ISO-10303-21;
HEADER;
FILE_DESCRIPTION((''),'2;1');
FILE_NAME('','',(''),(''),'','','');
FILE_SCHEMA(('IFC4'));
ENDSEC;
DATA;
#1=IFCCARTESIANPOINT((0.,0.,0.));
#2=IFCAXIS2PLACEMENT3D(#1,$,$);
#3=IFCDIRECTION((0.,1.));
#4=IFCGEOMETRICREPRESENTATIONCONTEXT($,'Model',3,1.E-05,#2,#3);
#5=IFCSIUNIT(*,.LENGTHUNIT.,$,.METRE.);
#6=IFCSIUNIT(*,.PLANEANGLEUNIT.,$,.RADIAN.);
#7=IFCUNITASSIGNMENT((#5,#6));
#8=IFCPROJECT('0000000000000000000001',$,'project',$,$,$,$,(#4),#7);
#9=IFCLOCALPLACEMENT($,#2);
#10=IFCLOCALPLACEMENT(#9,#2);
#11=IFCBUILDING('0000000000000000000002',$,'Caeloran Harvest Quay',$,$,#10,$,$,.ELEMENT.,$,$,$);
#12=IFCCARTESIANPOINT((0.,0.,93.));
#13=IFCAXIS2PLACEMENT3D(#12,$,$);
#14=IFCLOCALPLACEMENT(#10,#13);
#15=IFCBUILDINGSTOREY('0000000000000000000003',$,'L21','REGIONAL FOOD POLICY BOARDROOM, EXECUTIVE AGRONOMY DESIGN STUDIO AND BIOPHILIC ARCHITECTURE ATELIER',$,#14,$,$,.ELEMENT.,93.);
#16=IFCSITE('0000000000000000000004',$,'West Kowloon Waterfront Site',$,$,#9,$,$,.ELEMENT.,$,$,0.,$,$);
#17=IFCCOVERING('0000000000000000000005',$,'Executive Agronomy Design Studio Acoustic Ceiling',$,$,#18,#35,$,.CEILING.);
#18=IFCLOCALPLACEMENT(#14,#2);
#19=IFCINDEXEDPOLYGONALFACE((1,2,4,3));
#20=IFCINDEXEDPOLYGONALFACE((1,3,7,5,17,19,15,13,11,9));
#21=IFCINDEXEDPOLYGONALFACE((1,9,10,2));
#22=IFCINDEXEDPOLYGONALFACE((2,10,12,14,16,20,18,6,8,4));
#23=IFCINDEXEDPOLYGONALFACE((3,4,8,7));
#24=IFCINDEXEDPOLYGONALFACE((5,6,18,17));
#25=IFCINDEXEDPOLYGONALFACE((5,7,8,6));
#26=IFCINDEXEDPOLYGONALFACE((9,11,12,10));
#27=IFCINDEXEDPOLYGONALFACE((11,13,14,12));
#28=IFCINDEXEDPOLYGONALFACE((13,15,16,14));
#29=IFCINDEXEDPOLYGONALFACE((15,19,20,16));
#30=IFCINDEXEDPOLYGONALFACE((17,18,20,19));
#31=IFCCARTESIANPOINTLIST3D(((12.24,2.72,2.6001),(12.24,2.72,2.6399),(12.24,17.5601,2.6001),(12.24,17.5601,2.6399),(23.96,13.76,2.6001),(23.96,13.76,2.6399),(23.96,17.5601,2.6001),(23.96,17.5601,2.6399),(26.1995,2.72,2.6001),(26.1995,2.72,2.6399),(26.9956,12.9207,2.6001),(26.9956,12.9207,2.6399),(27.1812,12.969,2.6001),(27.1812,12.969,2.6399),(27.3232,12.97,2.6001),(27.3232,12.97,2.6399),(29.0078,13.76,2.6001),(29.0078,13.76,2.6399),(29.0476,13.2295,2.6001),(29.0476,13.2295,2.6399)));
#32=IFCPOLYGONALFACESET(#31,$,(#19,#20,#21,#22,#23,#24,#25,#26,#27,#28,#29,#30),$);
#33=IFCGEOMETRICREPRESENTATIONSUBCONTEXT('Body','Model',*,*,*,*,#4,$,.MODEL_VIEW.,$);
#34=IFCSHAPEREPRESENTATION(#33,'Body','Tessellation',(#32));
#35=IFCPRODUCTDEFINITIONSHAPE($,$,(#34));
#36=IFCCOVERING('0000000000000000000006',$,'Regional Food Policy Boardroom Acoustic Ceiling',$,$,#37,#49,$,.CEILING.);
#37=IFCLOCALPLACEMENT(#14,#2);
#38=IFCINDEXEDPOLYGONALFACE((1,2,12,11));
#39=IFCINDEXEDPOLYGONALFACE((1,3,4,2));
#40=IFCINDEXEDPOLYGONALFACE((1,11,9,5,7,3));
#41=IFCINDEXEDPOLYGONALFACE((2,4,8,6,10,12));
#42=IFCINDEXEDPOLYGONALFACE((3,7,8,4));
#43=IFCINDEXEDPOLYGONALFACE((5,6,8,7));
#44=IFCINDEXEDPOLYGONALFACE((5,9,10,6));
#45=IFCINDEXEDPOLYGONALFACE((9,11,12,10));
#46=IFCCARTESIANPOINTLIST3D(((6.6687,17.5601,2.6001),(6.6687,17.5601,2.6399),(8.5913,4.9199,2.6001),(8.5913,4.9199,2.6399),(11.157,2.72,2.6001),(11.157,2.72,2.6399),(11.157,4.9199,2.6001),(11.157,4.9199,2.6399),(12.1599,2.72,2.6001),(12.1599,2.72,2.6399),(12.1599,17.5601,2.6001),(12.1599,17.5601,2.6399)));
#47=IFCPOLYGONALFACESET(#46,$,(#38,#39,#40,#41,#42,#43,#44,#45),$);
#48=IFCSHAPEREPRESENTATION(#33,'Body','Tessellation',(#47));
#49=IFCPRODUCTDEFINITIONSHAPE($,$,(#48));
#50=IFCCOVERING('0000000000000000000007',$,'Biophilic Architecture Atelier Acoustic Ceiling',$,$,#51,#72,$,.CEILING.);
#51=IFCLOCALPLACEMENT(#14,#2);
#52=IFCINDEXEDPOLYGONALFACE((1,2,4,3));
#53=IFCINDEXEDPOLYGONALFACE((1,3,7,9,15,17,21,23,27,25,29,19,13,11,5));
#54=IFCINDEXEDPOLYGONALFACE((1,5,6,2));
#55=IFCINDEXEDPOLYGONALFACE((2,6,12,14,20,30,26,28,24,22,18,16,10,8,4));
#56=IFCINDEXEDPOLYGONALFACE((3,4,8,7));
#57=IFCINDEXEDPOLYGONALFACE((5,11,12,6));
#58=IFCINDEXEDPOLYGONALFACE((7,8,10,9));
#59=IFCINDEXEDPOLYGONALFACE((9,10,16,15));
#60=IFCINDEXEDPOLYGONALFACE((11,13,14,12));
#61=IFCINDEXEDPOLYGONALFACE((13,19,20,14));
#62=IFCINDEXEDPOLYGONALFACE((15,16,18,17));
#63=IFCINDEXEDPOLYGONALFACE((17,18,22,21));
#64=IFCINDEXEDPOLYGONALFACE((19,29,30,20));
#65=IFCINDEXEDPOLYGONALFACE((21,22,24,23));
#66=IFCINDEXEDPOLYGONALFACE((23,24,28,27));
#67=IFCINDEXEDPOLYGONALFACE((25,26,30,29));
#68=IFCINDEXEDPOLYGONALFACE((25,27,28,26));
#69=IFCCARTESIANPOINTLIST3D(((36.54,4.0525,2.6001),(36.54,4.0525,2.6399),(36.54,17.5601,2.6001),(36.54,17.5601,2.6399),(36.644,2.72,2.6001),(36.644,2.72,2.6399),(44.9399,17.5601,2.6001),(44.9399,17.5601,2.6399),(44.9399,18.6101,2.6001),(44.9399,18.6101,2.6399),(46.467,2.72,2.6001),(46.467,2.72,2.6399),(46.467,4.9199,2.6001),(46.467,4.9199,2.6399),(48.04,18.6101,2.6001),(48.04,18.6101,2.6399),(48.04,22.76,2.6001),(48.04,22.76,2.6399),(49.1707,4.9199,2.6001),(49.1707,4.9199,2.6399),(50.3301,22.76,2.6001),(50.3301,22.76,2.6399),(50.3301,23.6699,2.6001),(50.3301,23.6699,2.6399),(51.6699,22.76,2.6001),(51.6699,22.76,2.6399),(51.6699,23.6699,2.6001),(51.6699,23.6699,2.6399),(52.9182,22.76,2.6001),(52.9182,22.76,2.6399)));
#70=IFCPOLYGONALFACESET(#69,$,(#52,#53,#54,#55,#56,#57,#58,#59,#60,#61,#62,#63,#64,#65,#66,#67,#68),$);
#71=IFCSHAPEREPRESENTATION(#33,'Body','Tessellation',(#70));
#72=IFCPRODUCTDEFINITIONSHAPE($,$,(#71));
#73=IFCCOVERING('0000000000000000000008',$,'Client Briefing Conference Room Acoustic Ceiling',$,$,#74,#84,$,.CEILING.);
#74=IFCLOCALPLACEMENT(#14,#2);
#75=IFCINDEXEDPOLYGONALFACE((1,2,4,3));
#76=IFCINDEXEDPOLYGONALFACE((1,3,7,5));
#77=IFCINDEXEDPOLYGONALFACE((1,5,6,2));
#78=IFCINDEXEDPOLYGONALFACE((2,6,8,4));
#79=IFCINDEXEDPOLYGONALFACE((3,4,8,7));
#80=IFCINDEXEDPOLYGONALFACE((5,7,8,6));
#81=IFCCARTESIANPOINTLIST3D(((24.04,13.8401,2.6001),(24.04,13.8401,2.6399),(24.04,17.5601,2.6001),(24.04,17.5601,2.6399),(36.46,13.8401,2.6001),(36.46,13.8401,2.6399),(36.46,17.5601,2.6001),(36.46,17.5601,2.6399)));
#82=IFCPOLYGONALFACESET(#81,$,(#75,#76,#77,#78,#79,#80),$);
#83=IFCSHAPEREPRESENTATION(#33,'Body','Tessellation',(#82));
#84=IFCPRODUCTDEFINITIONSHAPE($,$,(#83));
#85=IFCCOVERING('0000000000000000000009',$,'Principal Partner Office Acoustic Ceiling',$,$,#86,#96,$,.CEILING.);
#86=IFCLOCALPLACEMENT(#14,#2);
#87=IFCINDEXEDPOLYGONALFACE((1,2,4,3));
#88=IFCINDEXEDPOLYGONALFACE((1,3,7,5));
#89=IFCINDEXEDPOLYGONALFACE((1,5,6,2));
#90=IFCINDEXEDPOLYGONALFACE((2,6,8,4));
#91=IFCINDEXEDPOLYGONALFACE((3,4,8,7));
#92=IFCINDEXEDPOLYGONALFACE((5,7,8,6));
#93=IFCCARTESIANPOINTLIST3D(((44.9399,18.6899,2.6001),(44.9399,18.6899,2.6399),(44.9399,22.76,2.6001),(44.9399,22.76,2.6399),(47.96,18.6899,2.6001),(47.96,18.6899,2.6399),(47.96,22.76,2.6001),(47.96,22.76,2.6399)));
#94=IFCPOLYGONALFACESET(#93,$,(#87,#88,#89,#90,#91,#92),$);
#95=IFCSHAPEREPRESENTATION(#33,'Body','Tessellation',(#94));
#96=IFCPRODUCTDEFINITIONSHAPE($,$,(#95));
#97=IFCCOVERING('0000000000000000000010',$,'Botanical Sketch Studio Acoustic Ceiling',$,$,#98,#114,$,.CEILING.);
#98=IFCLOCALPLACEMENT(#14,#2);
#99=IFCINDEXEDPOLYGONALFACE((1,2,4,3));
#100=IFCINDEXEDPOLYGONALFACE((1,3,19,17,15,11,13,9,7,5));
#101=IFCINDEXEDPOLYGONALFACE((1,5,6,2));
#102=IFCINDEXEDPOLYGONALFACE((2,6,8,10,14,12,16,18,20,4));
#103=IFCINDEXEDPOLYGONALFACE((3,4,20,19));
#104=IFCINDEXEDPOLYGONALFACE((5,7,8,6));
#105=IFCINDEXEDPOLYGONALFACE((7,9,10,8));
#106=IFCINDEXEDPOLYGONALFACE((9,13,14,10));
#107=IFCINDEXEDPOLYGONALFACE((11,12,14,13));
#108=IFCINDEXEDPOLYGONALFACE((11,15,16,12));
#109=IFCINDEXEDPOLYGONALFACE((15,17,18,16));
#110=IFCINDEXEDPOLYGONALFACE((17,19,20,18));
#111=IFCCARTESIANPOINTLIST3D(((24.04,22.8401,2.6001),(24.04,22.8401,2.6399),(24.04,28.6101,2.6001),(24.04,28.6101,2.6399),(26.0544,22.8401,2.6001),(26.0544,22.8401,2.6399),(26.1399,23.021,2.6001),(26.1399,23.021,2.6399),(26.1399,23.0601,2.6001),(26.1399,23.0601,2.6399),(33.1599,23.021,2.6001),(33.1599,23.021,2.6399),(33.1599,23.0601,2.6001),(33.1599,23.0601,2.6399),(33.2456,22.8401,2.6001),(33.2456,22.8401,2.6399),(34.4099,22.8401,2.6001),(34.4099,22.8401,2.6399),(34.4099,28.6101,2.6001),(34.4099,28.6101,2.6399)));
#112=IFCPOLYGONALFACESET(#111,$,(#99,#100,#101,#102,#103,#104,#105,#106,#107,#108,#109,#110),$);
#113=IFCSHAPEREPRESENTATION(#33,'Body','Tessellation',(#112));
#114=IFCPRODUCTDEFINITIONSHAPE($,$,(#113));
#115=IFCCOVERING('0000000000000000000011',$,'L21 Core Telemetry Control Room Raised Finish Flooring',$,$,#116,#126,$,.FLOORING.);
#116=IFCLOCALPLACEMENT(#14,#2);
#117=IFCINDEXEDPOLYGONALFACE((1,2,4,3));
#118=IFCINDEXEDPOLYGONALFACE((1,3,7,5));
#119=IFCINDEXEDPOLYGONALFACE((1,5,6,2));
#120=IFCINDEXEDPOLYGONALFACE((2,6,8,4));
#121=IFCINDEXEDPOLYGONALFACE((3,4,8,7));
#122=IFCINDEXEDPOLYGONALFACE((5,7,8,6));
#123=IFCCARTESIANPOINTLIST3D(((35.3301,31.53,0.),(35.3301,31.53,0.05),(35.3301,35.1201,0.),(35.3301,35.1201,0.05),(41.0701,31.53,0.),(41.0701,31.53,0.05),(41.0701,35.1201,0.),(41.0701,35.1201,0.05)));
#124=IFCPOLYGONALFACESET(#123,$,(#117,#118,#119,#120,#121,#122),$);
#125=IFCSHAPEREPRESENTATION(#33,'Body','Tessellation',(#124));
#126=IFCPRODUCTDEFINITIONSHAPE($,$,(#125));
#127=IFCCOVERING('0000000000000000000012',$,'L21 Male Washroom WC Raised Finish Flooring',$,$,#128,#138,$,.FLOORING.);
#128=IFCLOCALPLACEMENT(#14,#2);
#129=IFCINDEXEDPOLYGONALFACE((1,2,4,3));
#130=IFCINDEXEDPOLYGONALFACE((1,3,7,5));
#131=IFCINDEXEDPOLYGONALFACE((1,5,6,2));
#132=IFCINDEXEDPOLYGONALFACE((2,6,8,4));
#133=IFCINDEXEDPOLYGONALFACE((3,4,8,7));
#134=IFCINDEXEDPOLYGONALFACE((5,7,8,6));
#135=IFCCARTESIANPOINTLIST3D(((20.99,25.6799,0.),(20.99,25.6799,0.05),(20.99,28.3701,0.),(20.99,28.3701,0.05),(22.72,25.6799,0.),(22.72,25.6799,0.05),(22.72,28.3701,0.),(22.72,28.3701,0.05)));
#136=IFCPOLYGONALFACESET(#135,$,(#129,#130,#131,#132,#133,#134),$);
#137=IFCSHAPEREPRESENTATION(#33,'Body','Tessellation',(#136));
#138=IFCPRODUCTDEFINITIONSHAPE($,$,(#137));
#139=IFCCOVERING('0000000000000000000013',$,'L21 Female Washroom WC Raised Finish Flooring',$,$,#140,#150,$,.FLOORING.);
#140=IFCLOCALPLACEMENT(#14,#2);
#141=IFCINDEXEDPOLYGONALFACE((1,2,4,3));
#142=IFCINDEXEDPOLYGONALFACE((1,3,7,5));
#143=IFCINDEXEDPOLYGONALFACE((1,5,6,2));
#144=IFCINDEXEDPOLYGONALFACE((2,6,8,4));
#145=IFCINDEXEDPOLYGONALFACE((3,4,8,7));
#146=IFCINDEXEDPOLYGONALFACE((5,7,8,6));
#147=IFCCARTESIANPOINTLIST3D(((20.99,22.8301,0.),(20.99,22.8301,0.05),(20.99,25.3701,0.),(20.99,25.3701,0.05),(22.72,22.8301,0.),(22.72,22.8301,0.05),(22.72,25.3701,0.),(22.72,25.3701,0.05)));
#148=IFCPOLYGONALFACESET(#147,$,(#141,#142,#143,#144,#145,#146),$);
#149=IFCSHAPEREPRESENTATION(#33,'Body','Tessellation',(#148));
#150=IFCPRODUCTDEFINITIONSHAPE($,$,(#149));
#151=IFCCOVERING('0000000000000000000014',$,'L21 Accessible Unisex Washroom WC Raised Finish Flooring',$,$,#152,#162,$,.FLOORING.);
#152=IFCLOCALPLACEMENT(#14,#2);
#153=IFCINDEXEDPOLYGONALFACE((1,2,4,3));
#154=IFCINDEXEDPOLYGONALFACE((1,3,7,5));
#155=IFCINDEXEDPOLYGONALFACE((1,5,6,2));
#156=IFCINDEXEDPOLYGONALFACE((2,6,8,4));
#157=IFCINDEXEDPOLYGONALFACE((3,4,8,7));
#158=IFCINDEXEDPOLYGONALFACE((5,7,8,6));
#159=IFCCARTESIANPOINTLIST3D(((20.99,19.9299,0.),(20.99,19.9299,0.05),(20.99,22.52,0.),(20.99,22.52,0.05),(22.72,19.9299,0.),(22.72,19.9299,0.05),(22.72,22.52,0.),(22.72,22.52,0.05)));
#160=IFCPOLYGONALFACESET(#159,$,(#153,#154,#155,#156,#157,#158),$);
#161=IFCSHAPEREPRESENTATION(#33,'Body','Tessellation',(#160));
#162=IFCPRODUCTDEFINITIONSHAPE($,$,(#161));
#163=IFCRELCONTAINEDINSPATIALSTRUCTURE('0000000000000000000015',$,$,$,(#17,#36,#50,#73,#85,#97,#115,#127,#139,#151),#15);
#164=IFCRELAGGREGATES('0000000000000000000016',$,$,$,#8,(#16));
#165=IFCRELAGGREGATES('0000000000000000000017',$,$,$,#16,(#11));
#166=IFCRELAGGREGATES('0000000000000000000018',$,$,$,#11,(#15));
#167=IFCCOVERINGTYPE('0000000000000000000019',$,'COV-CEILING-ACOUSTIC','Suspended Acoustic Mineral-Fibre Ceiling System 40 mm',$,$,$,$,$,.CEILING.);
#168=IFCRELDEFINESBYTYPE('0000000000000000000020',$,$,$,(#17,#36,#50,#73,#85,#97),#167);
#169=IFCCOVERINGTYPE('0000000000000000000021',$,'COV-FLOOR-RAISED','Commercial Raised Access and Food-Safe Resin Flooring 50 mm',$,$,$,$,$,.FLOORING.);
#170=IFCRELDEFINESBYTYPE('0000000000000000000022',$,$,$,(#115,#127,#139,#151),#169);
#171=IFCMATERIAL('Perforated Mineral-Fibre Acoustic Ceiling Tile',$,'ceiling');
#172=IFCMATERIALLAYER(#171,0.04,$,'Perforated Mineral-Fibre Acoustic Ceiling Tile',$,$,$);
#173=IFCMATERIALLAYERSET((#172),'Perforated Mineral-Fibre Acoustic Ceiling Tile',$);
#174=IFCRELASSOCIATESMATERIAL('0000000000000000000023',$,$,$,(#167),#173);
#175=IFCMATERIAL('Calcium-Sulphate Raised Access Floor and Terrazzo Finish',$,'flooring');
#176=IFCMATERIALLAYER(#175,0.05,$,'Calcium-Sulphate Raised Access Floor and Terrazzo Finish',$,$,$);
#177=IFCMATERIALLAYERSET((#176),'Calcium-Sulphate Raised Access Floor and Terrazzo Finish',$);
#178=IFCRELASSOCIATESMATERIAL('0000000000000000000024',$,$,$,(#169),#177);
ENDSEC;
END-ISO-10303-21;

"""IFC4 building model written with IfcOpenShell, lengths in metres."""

from ifc_helpers import new_model, si_unit, direction, frame, origin, place, context, subcontext, project, spatial, polyline, outline, extrude, material, layer, layer_set, type_object, element, save


model = new_model("IFC4")

# Units and contexts
model_context = context("Model", 3, precision=1e-05, world=origin(), true_north=direction((0.0, 1.0)))
body_context = subcontext(model_context, "Body", "Model", "MODEL_VIEW")
ifc_project = project(units=[si_unit("LENGTHUNIT", "METRE"), si_unit("PLANEANGLEUNIT", "RADIAN")], contexts=[model_context])

# Site, building, storey
site_placement = place(None, origin())
site = spatial("IfcSite", under=ifc_project, at=site_placement, Name="West Kowloon Waterfront Site", CompositionType="ELEMENT", RefElevation=0.0)
building_placement = place(site_placement, origin())
building = spatial("IfcBuilding", under=site, at=building_placement, Name="Caeloran Harvest Quay", CompositionType="ELEMENT")
storey_placement = place(building_placement, frame((0.0, 0.0, 93.0)))
storey = spatial("IfcBuildingStorey", under=building, at=storey_placement, Name="L21", Description="REGIONAL FOOD POLICY BOARDROOM, EXECUTIVE AGRONOMY DESIGN STUDIO AND BIOPHILIC ARCHITECTURE ATELIER", CompositionType="ELEMENT", Elevation=93.0)

# Coverings
ifc_material_1 = material(Name="Perforated Mineral-Fibre Acoustic Ceiling Tile", Category="ceiling")
ifc_layer_1 = layer(ifc_material_1, 0.04, Name="Perforated Mineral-Fibre Acoustic Ceiling Tile")
ifc_layer_set_1 = layer_set([ifc_layer_1], Name="Perforated Mineral-Fibre Acoustic Ceiling Tile")
covering_type_1 = type_object("IfcCoveringType", Name="COV-CEILING-ACOUSTIC", Description="Suspended Acoustic Mineral-Fibre Ceiling System 40 mm", PredefinedType="CEILING", material=ifc_layer_set_1)
covering_1_placement = place(storey_placement, frame((0.0, 0.0, 2.6001)))
element("IfcCovering", 1, at=covering_1_placement, inside=storey, type_object=covering_type_1, Name="Executive Agronomy Design Studio Acoustic Ceiling", PredefinedType="CEILING", context=body_context, shape_type="SweptSolid", body=[
    extrude(outline(polyline([(29.0078, 13.76), (29.0476, 13.2295), (27.3232, 12.97), (27.1812, 12.969), (26.9956, 12.9207), (26.1995, 2.72), (12.24, 2.72), (12.24, 17.5601), (23.96, 17.5601), (23.96, 13.76), (29.0078, 13.76)])), origin(), (0.0, 0.0, 1.0), 0.0398),
])
covering_2_placement = place(storey_placement, frame((0.0, 0.0, 2.6001)))
element("IfcCovering", 2, at=covering_2_placement, inside=storey, type_object=covering_type_1, Name="Regional Food Policy Boardroom Acoustic Ceiling", PredefinedType="CEILING", context=body_context, shape_type="SweptSolid", body=[
    extrude(outline(polyline([(12.1599, 2.72), (11.157, 2.72), (11.157, 4.9199), (8.5913, 4.9199), (6.6687, 17.5601), (12.1599, 17.5601), (12.1599, 2.72)])), origin(), (0.0, 0.0, 1.0), 0.0398),
])
covering_3_placement = place(storey_placement, frame((0.0, 0.0, 2.6001)))
element("IfcCovering", 3, at=covering_3_placement, inside=storey, type_object=covering_type_1, Name="Biophilic Architecture Atelier Acoustic Ceiling", PredefinedType="CEILING", context=body_context, shape_type="SweptSolid", body=[
    extrude(outline(polyline([(44.9399, 17.5601), (44.9399, 18.6101), (48.04, 18.6101), (48.04, 22.76), (50.3301, 22.76), (50.3301, 23.6699), (51.6699, 23.6699), (51.6699, 22.76), (52.9182, 22.76), (49.1707, 4.9199), (46.467, 4.9199), (46.467, 2.72), (36.644, 2.72), (36.54, 4.0525), (36.54, 17.5601), (44.9399, 17.5601)])), origin(), (0.0, 0.0, 1.0), 0.0398),
])
covering_4_placement = place(storey_placement, frame((0.0, 0.0, 2.6001)))
element("IfcCovering", 4, at=covering_4_placement, inside=storey, type_object=covering_type_1, Name="Client Briefing Conference Room Acoustic Ceiling", PredefinedType="CEILING", context=body_context, shape_type="SweptSolid", body=[
    extrude(outline(polyline([(36.46, 13.8401), (24.04, 13.8401), (24.04, 17.5601), (36.46, 17.5601), (36.46, 13.8401)])), origin(), (0.0, 0.0, 1.0), 0.0398),
])
covering_5_placement = place(storey_placement, frame((0.0, 0.0, 2.6001)))
element("IfcCovering", 5, at=covering_5_placement, inside=storey, type_object=covering_type_1, Name="Principal Partner Office Acoustic Ceiling", PredefinedType="CEILING", context=body_context, shape_type="SweptSolid", body=[
    extrude(outline(polyline([(44.9399, 18.6899), (44.9399, 22.76), (47.96, 22.76), (47.96, 18.6899), (44.9399, 18.6899)])), origin(), (0.0, 0.0, 1.0), 0.0398),
])
covering_6_placement = place(storey_placement, frame((0.0, 0.0, 2.6001)))
element("IfcCovering", 6, at=covering_6_placement, inside=storey, type_object=covering_type_1, Name="Botanical Sketch Studio Acoustic Ceiling", PredefinedType="CEILING", context=body_context, shape_type="SweptSolid", body=[
    extrude(outline(polyline([(26.1399, 23.0601), (26.1399, 23.021), (26.0544, 22.8401), (24.04, 22.8401), (24.04, 28.6101), (34.4099, 28.6101), (34.4099, 22.8401), (33.2456, 22.8401), (33.1599, 23.021), (33.1599, 23.0601), (26.1399, 23.0601)])), origin(), (0.0, 0.0, 1.0), 0.0398),
])
ifc_material_2 = material(Name="Calcium-Sulphate Raised Access Floor and Terrazzo Finish", Category="flooring")
ifc_layer_2 = layer(ifc_material_2, 0.05, Name="Calcium-Sulphate Raised Access Floor and Terrazzo Finish")
ifc_layer_set_2 = layer_set([ifc_layer_2], Name="Calcium-Sulphate Raised Access Floor and Terrazzo Finish")
covering_type_2 = type_object("IfcCoveringType", Name="COV-FLOOR-RAISED", Description="Commercial Raised Access and Food-Safe Resin Flooring 50 mm", PredefinedType="FLOORING", material=ifc_layer_set_2)
covering_7_placement = place(storey_placement, origin())
element("IfcCovering", 7, at=covering_7_placement, inside=storey, type_object=covering_type_2, Name="L21 Core Telemetry Control Room Raised Finish Flooring", PredefinedType="FLOORING", context=body_context, shape_type="SweptSolid", body=[
    extrude(outline(polyline([(41.0701, 35.1201), (41.0701, 31.53), (35.3301, 31.53), (35.3301, 35.1201), (41.0701, 35.1201)])), origin(), (0.0, 0.0, 1.0), 0.05),
])
covering_8_placement = place(storey_placement, origin())
element("IfcCovering", 8, at=covering_8_placement, inside=storey, type_object=covering_type_2, Name="L21 Male Washroom WC Raised Finish Flooring", PredefinedType="FLOORING", context=body_context, shape_type="SweptSolid", body=[
    extrude(outline(polyline([(22.72, 25.6799), (20.99, 25.6799), (20.99, 28.3701), (22.72, 28.3701), (22.72, 25.6799)])), origin(), (0.0, 0.0, 1.0), 0.05),
])
covering_9_placement = place(storey_placement, origin())
element("IfcCovering", 9, at=covering_9_placement, inside=storey, type_object=covering_type_2, Name="L21 Female Washroom WC Raised Finish Flooring", PredefinedType="FLOORING", context=body_context, shape_type="SweptSolid", body=[
    extrude(outline(polyline([(22.72, 22.8301), (20.99, 22.8301), (20.99, 25.3701), (22.72, 25.3701), (22.72, 22.8301)])), origin(), (0.0, 0.0, 1.0), 0.05),
])
covering_10_placement = place(storey_placement, origin())
element("IfcCovering", 10, at=covering_10_placement, inside=storey, type_object=covering_type_2, Name="L21 Accessible Unisex Washroom WC Raised Finish Flooring", PredefinedType="FLOORING", context=body_context, shape_type="SweptSolid", body=[
    extrude(outline(polyline([(22.72, 19.9299), (20.99, 19.9299), (20.99, 22.52), (22.72, 22.52), (22.72, 19.9299)])), origin(), (0.0, 0.0, 1.0), 0.05),
])

save(model, "model.ifc")
